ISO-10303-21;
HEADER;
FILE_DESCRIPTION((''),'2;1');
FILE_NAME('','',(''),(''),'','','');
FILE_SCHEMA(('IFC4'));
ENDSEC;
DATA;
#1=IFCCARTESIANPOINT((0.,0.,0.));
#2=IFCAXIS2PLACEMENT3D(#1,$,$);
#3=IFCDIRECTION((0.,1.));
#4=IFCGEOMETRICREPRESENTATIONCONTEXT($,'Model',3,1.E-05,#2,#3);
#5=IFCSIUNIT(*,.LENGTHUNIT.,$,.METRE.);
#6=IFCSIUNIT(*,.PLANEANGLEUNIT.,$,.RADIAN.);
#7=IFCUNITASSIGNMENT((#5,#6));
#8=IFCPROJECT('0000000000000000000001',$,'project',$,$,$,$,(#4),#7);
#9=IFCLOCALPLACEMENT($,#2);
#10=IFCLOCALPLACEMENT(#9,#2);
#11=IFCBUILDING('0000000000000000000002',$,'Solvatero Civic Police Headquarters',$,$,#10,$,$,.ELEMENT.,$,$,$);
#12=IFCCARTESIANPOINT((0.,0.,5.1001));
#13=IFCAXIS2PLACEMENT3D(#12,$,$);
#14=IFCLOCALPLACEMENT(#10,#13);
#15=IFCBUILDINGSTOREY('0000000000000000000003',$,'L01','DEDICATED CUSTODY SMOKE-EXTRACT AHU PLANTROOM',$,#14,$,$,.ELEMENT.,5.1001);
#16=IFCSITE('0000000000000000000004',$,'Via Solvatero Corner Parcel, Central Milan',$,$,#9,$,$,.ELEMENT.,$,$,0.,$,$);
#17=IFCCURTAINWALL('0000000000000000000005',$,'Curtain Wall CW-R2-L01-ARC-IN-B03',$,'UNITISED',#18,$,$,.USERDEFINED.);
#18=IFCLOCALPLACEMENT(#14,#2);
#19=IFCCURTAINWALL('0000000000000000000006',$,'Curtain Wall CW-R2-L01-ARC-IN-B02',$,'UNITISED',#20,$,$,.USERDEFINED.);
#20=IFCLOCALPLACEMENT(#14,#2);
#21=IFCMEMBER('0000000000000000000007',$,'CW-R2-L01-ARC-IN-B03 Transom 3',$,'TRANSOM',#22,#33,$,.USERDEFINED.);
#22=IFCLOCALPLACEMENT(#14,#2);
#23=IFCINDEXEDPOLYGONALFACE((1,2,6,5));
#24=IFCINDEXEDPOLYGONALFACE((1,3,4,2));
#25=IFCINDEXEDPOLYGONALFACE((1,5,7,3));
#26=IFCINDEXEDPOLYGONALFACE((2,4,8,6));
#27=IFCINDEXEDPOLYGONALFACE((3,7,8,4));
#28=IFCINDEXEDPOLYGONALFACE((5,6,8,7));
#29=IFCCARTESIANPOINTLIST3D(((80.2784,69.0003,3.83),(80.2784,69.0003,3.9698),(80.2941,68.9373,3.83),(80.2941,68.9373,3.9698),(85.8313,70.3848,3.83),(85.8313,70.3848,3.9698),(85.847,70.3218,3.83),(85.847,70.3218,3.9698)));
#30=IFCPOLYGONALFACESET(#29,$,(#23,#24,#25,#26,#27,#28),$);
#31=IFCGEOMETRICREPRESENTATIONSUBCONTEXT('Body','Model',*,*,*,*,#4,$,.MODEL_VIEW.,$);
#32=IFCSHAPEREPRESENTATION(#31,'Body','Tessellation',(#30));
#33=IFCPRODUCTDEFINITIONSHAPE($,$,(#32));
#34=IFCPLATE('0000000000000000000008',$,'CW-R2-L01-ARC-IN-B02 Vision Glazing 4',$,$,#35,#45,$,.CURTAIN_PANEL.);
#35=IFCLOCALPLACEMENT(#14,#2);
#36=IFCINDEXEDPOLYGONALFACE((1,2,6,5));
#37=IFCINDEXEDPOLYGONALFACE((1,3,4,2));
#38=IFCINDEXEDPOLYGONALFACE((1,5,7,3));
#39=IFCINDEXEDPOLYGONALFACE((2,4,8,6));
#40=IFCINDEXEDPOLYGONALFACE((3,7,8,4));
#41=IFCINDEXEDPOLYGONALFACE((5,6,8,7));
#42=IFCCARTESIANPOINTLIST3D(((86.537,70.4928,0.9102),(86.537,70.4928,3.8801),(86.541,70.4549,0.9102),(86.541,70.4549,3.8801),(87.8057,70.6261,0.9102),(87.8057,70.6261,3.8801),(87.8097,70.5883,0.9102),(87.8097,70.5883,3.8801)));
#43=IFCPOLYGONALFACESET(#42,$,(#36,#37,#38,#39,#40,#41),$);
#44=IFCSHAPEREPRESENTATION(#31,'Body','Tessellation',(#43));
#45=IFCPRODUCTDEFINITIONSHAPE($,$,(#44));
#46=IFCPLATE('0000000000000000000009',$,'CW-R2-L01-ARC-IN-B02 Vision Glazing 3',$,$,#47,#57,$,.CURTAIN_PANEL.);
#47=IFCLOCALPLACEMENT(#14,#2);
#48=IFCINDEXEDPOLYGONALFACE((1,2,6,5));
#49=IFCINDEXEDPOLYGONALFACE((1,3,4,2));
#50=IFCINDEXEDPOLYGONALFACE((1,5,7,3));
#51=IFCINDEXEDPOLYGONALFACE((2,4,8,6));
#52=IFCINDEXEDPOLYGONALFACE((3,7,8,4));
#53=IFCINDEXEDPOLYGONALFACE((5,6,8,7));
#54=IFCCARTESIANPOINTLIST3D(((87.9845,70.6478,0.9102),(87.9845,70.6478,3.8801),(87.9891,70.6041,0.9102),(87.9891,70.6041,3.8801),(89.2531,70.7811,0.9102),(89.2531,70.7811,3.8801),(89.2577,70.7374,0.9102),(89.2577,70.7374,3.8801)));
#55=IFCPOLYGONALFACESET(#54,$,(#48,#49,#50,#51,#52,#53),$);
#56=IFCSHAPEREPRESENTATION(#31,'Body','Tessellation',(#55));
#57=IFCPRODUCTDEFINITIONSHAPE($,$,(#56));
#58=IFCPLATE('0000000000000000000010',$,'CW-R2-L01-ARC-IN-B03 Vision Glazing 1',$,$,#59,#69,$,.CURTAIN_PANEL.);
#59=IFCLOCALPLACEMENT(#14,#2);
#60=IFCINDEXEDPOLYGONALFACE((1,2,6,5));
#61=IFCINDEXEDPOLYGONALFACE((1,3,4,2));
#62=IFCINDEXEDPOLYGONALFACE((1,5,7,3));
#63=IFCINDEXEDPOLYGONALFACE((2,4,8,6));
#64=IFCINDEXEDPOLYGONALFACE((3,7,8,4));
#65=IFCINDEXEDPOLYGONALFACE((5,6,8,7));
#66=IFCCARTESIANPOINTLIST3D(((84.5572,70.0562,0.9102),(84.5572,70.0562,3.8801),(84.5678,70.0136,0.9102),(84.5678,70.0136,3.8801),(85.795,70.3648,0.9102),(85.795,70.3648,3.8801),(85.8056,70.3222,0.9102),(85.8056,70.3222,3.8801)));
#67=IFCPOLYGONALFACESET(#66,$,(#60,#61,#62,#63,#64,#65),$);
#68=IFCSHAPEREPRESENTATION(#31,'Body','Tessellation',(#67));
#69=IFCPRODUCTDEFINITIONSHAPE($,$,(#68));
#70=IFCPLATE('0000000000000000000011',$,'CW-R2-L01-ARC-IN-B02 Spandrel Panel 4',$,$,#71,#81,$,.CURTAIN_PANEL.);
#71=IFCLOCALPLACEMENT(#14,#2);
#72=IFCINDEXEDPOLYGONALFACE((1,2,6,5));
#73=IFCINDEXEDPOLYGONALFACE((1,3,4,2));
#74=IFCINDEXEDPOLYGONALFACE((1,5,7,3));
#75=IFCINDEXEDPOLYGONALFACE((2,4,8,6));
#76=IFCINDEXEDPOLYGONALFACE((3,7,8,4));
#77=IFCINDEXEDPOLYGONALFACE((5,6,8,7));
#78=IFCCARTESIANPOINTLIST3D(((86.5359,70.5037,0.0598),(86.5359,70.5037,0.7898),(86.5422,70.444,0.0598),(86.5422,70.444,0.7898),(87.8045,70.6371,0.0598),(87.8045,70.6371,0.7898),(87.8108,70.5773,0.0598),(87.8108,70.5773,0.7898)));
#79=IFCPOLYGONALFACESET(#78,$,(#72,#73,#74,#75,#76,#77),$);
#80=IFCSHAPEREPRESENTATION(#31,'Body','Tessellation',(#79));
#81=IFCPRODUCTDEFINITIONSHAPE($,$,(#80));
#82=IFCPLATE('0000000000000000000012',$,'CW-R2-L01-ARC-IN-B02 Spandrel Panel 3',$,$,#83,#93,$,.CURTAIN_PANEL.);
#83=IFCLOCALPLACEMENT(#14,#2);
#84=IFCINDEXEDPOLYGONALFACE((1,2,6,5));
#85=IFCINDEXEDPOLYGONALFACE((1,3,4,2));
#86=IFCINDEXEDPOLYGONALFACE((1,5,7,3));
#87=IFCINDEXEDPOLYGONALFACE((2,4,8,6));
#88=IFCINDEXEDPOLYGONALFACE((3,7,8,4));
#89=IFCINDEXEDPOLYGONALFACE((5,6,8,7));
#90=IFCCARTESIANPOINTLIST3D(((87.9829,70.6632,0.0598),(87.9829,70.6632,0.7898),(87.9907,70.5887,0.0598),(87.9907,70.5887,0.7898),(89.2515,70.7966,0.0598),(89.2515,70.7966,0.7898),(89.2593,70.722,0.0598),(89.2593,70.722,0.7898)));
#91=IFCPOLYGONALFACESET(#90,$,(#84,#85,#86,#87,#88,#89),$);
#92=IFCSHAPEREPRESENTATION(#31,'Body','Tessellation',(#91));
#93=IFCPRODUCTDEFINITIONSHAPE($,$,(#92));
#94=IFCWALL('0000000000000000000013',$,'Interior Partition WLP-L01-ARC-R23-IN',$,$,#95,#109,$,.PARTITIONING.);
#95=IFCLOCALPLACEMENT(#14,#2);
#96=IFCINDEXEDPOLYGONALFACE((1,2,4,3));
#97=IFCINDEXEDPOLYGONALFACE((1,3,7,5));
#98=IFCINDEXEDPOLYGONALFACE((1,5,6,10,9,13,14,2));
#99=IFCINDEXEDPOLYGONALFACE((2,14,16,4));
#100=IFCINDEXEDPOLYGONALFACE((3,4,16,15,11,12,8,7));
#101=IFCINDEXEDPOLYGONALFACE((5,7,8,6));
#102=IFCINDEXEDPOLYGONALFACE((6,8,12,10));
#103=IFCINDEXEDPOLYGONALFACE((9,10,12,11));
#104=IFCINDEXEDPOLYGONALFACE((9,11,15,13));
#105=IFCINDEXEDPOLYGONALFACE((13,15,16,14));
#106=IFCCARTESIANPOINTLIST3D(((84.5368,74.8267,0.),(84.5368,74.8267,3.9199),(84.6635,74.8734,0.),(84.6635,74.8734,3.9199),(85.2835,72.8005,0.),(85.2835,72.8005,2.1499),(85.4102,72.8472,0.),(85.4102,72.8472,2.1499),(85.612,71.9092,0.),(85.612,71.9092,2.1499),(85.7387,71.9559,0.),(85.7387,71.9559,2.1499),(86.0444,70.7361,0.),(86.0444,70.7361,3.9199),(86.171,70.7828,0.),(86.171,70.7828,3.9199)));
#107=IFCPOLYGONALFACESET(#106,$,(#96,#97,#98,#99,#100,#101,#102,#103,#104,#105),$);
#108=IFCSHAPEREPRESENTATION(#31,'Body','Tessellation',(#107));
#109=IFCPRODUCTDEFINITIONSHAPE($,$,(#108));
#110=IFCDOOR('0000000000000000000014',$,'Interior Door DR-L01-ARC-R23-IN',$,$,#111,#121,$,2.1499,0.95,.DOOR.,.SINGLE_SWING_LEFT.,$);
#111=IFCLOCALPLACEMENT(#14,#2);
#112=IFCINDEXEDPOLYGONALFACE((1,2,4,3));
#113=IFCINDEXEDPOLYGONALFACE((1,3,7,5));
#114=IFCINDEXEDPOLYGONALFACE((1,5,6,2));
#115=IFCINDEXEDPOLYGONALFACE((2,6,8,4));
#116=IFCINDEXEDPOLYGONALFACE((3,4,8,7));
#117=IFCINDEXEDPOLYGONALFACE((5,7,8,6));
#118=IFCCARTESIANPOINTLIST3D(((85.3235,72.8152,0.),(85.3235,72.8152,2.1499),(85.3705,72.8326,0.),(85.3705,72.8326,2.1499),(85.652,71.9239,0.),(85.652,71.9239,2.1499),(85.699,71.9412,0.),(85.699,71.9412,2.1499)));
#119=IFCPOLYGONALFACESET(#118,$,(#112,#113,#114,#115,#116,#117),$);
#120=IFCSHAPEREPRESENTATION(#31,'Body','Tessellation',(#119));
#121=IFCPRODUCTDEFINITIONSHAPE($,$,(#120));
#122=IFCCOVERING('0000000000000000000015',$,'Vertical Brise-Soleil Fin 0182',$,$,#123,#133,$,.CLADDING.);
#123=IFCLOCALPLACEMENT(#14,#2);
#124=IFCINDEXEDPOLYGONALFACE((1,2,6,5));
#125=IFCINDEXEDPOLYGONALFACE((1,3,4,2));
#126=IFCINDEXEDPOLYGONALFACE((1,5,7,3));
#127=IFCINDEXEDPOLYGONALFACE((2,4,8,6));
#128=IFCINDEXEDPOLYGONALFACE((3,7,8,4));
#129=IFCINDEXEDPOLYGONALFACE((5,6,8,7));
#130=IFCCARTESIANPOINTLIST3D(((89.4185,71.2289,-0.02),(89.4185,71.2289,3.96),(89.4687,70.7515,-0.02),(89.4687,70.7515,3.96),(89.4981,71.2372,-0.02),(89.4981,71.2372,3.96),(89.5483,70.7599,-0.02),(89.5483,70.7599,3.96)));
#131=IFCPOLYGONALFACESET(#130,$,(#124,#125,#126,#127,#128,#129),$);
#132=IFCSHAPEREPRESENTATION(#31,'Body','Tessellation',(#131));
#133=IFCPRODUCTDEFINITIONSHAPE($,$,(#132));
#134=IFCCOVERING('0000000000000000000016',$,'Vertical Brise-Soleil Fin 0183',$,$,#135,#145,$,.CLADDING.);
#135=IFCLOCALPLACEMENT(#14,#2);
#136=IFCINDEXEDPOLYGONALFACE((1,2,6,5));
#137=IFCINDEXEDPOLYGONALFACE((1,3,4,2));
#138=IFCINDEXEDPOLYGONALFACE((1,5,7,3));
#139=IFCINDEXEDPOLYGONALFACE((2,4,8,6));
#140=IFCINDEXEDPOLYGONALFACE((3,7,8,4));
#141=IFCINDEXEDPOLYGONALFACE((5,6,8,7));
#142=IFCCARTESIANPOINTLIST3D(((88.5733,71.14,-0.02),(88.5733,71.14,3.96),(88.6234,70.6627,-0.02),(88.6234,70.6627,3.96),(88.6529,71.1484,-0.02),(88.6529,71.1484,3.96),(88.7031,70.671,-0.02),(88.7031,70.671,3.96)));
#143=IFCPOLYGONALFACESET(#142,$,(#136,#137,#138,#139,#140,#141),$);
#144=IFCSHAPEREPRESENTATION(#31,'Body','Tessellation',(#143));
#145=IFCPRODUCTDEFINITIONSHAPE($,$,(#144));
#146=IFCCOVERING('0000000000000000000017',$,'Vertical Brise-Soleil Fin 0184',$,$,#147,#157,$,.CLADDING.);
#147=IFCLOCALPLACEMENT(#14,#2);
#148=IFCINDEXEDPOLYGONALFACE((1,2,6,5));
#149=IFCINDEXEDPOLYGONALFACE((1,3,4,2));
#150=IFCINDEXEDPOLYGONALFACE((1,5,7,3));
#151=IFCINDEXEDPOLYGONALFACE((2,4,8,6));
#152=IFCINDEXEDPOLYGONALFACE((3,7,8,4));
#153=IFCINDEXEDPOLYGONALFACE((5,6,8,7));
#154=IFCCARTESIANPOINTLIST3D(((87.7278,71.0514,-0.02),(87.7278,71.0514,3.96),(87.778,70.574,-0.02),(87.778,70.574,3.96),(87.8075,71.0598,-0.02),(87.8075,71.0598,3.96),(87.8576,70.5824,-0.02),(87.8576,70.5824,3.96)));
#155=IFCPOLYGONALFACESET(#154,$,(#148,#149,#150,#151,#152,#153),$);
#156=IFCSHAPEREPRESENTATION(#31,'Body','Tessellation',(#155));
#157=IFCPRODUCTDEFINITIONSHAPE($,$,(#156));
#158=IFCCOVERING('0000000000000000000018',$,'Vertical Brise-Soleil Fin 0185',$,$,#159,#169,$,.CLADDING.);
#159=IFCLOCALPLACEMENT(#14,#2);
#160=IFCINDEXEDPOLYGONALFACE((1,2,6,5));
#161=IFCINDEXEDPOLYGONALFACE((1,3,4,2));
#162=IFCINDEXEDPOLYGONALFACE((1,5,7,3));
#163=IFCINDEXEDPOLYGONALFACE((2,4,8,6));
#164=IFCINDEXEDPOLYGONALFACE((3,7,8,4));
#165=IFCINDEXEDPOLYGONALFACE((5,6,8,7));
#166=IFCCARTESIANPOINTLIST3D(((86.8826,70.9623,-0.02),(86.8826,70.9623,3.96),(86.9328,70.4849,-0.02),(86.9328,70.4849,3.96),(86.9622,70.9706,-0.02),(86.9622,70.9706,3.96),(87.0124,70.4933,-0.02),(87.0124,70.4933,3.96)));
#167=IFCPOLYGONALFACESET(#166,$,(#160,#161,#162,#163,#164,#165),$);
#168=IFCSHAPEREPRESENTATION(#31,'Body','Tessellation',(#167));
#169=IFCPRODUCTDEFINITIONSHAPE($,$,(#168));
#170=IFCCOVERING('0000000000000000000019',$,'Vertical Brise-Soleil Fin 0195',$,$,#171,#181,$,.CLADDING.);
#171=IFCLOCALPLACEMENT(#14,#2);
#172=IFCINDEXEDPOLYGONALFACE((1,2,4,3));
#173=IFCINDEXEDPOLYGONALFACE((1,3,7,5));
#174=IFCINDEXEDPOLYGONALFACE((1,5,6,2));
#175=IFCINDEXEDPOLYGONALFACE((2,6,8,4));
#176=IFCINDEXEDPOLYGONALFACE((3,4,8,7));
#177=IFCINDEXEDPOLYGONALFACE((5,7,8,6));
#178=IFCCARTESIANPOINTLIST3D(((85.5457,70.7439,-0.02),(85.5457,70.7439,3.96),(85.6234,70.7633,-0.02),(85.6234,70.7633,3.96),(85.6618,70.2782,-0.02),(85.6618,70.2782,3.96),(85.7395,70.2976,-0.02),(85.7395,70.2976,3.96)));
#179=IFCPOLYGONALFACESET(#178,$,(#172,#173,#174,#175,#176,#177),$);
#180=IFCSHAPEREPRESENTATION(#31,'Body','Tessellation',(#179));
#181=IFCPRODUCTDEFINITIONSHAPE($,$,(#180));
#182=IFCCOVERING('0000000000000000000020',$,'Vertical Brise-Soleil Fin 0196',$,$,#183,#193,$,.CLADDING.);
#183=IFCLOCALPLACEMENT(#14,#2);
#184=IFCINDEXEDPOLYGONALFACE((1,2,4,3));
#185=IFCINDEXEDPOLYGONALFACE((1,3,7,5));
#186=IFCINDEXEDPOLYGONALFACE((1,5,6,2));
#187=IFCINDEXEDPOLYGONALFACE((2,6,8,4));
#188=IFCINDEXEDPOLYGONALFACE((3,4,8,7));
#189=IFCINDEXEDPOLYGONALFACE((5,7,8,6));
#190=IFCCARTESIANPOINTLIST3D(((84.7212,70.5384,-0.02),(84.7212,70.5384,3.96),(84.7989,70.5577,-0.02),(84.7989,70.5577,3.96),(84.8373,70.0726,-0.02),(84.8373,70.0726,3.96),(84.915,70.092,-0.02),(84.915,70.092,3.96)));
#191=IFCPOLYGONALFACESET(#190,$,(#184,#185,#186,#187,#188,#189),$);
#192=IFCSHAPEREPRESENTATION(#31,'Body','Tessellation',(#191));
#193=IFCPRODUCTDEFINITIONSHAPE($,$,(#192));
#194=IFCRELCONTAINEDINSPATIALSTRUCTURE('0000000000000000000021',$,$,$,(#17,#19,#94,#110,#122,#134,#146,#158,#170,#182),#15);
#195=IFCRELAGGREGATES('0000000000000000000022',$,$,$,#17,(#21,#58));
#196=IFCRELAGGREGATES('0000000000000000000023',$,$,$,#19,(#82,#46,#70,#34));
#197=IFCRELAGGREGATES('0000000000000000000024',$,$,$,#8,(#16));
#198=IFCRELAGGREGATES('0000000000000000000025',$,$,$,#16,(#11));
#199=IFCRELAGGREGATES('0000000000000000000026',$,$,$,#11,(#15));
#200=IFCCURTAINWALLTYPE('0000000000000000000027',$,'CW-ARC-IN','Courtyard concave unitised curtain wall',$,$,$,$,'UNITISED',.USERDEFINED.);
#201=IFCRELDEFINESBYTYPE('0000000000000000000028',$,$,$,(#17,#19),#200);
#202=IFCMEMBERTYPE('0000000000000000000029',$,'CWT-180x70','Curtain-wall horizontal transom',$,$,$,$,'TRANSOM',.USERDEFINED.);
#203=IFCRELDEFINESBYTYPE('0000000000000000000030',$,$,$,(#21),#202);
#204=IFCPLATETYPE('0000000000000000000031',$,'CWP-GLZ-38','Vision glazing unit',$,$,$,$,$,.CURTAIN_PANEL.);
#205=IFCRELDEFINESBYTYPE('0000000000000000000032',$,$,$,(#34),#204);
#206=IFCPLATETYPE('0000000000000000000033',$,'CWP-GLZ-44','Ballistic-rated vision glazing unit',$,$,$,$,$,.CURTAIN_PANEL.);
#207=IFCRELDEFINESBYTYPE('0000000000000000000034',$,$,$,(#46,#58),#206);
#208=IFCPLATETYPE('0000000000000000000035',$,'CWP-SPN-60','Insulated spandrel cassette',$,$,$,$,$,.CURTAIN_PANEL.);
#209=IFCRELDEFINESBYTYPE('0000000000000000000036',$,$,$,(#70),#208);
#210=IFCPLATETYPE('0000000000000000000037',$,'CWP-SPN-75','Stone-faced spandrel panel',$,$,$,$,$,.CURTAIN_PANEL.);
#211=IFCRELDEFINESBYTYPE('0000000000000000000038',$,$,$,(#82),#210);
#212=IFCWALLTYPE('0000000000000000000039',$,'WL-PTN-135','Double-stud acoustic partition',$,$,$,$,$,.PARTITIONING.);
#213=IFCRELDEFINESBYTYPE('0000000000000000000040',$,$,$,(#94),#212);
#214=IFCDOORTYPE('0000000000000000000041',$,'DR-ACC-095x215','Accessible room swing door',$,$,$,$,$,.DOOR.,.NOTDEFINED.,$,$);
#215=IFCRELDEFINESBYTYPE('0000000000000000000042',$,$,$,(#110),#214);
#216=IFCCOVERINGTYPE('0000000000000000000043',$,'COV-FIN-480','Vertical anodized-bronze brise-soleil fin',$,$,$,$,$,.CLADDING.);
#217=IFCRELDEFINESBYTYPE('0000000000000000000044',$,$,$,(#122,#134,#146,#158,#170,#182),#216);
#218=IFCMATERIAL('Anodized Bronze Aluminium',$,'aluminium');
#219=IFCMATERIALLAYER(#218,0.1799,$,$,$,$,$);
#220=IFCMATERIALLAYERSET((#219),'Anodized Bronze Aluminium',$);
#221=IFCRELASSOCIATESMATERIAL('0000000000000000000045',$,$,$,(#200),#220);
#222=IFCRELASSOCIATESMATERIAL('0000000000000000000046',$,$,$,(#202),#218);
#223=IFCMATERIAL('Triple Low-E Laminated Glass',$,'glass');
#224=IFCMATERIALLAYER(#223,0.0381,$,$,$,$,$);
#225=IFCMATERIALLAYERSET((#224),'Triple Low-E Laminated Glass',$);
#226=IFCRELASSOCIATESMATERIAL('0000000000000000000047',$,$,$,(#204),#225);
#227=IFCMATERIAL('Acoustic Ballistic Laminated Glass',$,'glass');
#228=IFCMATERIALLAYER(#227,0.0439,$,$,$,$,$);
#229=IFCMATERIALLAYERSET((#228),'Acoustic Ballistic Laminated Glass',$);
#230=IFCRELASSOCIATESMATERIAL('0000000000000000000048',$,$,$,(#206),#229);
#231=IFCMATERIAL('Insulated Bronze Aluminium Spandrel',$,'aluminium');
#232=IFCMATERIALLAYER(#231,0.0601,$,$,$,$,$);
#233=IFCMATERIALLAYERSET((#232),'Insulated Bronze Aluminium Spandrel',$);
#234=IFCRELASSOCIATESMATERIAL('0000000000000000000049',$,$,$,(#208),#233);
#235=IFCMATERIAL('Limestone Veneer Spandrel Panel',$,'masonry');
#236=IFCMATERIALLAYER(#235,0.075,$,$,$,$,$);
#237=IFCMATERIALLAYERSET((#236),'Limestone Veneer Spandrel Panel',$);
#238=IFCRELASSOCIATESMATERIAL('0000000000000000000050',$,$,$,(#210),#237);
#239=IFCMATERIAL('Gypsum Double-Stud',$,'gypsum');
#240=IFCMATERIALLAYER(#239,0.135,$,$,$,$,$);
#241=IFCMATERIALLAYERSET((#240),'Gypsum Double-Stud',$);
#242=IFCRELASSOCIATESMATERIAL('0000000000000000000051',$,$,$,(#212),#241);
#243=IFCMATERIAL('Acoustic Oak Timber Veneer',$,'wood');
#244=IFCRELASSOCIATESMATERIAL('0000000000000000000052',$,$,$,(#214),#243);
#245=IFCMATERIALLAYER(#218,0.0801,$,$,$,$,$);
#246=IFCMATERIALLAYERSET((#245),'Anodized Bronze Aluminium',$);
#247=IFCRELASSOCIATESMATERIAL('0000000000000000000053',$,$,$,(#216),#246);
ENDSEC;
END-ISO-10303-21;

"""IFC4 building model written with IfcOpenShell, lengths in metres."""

from ifc_helpers import new_model, si_unit, direction, frame, frame_2d, origin, origin_2d, place, context, subcontext, project, spatial, rectangle, extrude, material, layer, layer_set, material_profile, profile_set, type_object, element, fill, aggregate, save


model = new_model("IFC4")

# Units and contexts
model_context = context("Model", 3, precision=1e-05, world=origin(), true_north=direction((0.0, 1.0)))
body_context = subcontext(model_context, "Body", "Model", "MODEL_VIEW")
ifc_project = project(units=[si_unit("LENGTHUNIT", "METRE"), si_unit("PLANEANGLEUNIT", "RADIAN")], contexts=[model_context])

# Site, building, storey
site_placement = place(None, origin())
site = spatial("IfcSite", under=ifc_project, at=site_placement, Name="Via Solvatero Corner Parcel, Central Milan", CompositionType="ELEMENT", RefElevation=0.0)
building_placement = place(site_placement, origin())
building = spatial("IfcBuilding", under=site, at=building_placement, Name="Solvatero Civic Police Headquarters", CompositionType="ELEMENT")
storey_placement = place(building_placement, frame((0.0, 0.0, 5.1001)))
storey = spatial("IfcBuildingStorey", under=building, at=storey_placement, Name="L01", Description="DEDICATED CUSTODY SMOKE-EXTRACT AHU PLANTROOM", CompositionType="ELEMENT", Elevation=5.1001)

# Curtain wall
ifc_material_1 = material(Name="Anodized Bronze Aluminium", Category="aluminium")
ifc_layer_1 = layer(ifc_material_1, 0.1799)
ifc_layer_set_1 = layer_set([ifc_layer_1], Name="Anodized Bronze Aluminium")
curtain_wall_type = type_object("IfcCurtainWallType", Name="CW-ARC-IN", Description="Courtyard concave unitised curtain wall", ElementType="UNITISED", PredefinedType="USERDEFINED", material=ifc_layer_set_1)
curtain_wall_1_placement = place(storey_placement, origin())
curtain_wall_1 = element("IfcCurtainWall", 1, at=curtain_wall_1_placement, inside=storey, type_object=curtain_wall_type, Name="Curtain Wall CW-R2-L01-ARC-IN-B03", ObjectType="UNITISED", PredefinedType="USERDEFINED")

# Curtain wall
curtain_wall_2_placement = place(storey_placement, origin())
curtain_wall_2 = element("IfcCurtainWall", 2, at=curtain_wall_2_placement, inside=storey, type_object=curtain_wall_type, Name="Curtain Wall CW-R2-L01-ARC-IN-B02", ObjectType="UNITISED", PredefinedType="USERDEFINED")

# Member
ifc_material_profile_1 = material_profile(ifc_material_1, rectangle(XDim=0.0649, YDim=0.1399, at=origin_2d()), Name="ALU TRANSOM 65x140")
ifc_profile_set_1 = profile_set([ifc_material_profile_1], Name="Anodized Bronze Aluminium")
member_type_1 = type_object("IfcMemberType", Name="CWT-180x70", Description="Curtain-wall horizontal transom", ElementType="TRANSOM", PredefinedType="USERDEFINED", material=ifc_profile_set_1)
member_1_placement = place(storey_placement, frame((85.8391, 70.3533, 3.8999), z_axis=(-0.970295, -0.241923, 0.0), x_axis=(0.241923, -0.970295, 0.0)))
member_1 = element("IfcMember", 3, at=member_1_placement, type_object=member_type_1, Name="CW-R2-L01-ARC-IN-B03 Transom 3", ObjectType="TRANSOM", PredefinedType="USERDEFINED", context=body_context, shape_type="SweptSolid", body=[
    extrude(rectangle(XDim=0.0649, YDim=0.1399, at=origin_2d()), origin(), (0.0, 0.0, 1.0), 5.7229),
])

# Plates
ifc_material_2 = material(Name="Triple Low-E Laminated Glass", Category="glass")
ifc_layer_2 = layer(ifc_material_2, 0.0381)
ifc_layer_set_2 = layer_set([ifc_layer_2], Name="Triple Low-E Laminated Glass")
plate_type_1 = type_object("IfcPlateType", Name="CWP-GLZ-38", Description="Vision glazing unit", PredefinedType="CURTAIN_PANEL", material=ifc_layer_set_2)
plate_1_placement = place(storey_placement, frame((87.1733, 70.5405, 0.9102), z_axis=(0.0, 0.0, 1.0), x_axis=(-0.994522, -0.104528, 0.0)))
plate_1 = element("IfcPlate", 4, at=plate_1_placement, type_object=plate_type_1, Name="CW-R2-L01-ARC-IN-B02 Vision Glazing 4", PredefinedType="CURTAIN_PANEL", context=body_context, shape_type="SweptSolid", body=[
    extrude(rectangle(XDim=1.2756, YDim=0.0381, at=origin_2d()), origin(), (0.0, 0.0, 1.0), 2.97),
])
ifc_material_3 = material(Name="Acoustic Ballistic Laminated Glass", Category="glass")
ifc_layer_3 = layer(ifc_material_3, 0.0439)
ifc_layer_set_3 = layer_set([ifc_layer_3], Name="Acoustic Ballistic Laminated Glass")
plate_type_2 = type_object("IfcPlateType", Name="CWP-GLZ-44", Description="Ballistic-rated vision glazing unit", PredefinedType="CURTAIN_PANEL", material=ifc_layer_set_3)
plate_2_placement = place(storey_placement, frame((88.6211, 70.6926, 0.9102), z_axis=(0.0, 0.0, 1.0), x_axis=(-0.994522, -0.104528, 0.0)))
plate_2 = element("IfcPlate", 5, at=plate_2_placement, type_object=plate_type_2, Name="CW-R2-L01-ARC-IN-B02 Vision Glazing 3", PredefinedType="CURTAIN_PANEL", context=body_context, shape_type="SweptSolid", body=[
    extrude(rectangle(XDim=1.2756, YDim=0.0439, at=origin_2d()), origin(), (0.0, 0.0, 1.0), 2.97),
])
plate_3_placement = place(storey_placement, frame((85.1814, 70.1892, 0.9102), z_axis=(0.0, 0.0, 1.0), x_axis=(-0.9703, -0.241905, 0.0)))
plate_3 = element("IfcPlate", 6, at=plate_3_placement, type_object=plate_type_2, Name="CW-R2-L01-ARC-IN-B03 Vision Glazing 1", PredefinedType="CURTAIN_PANEL", context=body_context, shape_type="SweptSolid", body=[
    extrude(rectangle(XDim=1.2756, YDim=0.0439, at=origin_2d()), origin(), (0.0, 0.0, 1.0), 2.97),
])
aggregate(curtain_wall_1, [member_1, plate_3])
ifc_material_4 = material(Name="Insulated Bronze Aluminium Spandrel", Category="aluminium")
ifc_layer_4 = layer(ifc_material_4, 0.0601)
ifc_layer_set_4 = layer_set([ifc_layer_4], Name="Insulated Bronze Aluminium Spandrel")
plate_type_3 = type_object("IfcPlateType", Name="CWP-SPN-60", Description="Insulated spandrel cassette", PredefinedType="CURTAIN_PANEL", material=ifc_layer_set_4)
plate_4_placement = place(storey_placement, frame((87.1733, 70.5405, 0.0598), z_axis=(0.0, 0.0, 1.0), x_axis=(-0.994522, -0.104528, 0.0)))
plate_4 = element("IfcPlate", 7, at=plate_4_placement, type_object=plate_type_3, Name="CW-R2-L01-ARC-IN-B02 Spandrel Panel 4", PredefinedType="CURTAIN_PANEL", context=body_context, shape_type="SweptSolid", body=[
    extrude(rectangle(XDim=1.2756, YDim=0.0601, at=origin_2d()), origin(), (0.0, 0.0, 1.0), 0.73),
])
ifc_material_5 = material(Name="Limestone Veneer Spandrel Panel", Category="masonry")
ifc_layer_5 = layer(ifc_material_5, 0.075)
ifc_layer_set_5 = layer_set([ifc_layer_5], Name="Limestone Veneer Spandrel Panel")
plate_type_4 = type_object("IfcPlateType", Name="CWP-SPN-75", Description="Stone-faced spandrel panel", PredefinedType="CURTAIN_PANEL", material=ifc_layer_set_5)
plate_5_placement = place(storey_placement, frame((88.6211, 70.6926, 0.0598), z_axis=(0.0, 0.0, 1.0), x_axis=(-0.994522, -0.104528, 0.0)))
plate_5 = element("IfcPlate", 8, at=plate_5_placement, type_object=plate_type_4, Name="CW-R2-L01-ARC-IN-B02 Spandrel Panel 3", PredefinedType="CURTAIN_PANEL", context=body_context, shape_type="SweptSolid", body=[
    extrude(rectangle(XDim=1.2756, YDim=0.075, at=origin_2d()), origin(), (0.0, 0.0, 1.0), 0.73),
])
aggregate(curtain_wall_2, [plate_5, plate_2, plate_4, plate_1])

# Wall, opening, door
ifc_material_6 = material(Name="Gypsum Double-Stud", Category="gypsum")
ifc_layer_6 = layer(ifc_material_6, 0.135)
ifc_layer_set_6 = layer_set([ifc_layer_6], Name="Gypsum Double-Stud")
wall_type = type_object("IfcWallType", Name="WL-PTN-135", Description="Double-stud acoustic partition", PredefinedType="PARTITIONING", material=ifc_layer_set_6)
wall_placement = place(storey_placement, frame((86.1077, 70.7595, 0.0), z_axis=(0.0, 0.0, 1.0), x_axis=(-0.345809, 0.938305, 0.0)))
wall = element("IfcWall", 9, at=wall_placement, inside=storey, type_object=wall_type, Name="Interior Partition WLP-L01-ARC-R23-IN", PredefinedType="PARTITIONING", context=body_context, shape_type="SweptSolid", body=[
    extrude(rectangle(XDim=4.3596, YDim=0.135, at=frame_2d((2.1797, 0.0))), origin(), (0.0, 0.0, 1.0), 3.9199),
])
opening_placement = place(wall_placement, frame((1.25, 0.0, 0.0)))
opening = element("IfcOpeningElement", 10, at=opening_placement, cuts=wall, PredefinedType="OPENING", context=body_context, shape_type="SweptSolid", body=[
    extrude(rectangle(XDim=0.95, YDim=2.1499, at=frame_2d((0.4751, 1.075))), frame((0.0, 0.0774, 0.0), z_axis=(0.0, -1.0, 0.0), x_axis=(1.0, 0.0, 0.0)), (0.0, 0.0, 1.0), 0.155),
])
ifc_material_7 = material(Name="Acoustic Oak Timber Veneer", Category="wood")
door_type = type_object("IfcDoorType", Name="DR-ACC-095x215", Description="Accessible room swing door", OperationType="NOTDEFINED", PredefinedType="DOOR", material=ifc_material_7)
door_placement = place(opening_placement, origin())
door = element("IfcDoor", 11, at=door_placement, inside=storey, type_object=door_type, Name="Interior Door DR-L01-ARC-R23-IN", OperationType="SINGLE_SWING_LEFT", OverallHeight=2.1499, OverallWidth=0.95, PredefinedType="DOOR", context=body_context, shape_type="SweptSolid", body=[
    extrude(rectangle(XDim=0.95, YDim=2.1499, at=frame_2d((0.4751, 1.075))), frame((0.0, 0.0249, 0.0), z_axis=(0.0, -1.0, 0.0), x_axis=(1.0, 0.0, 0.0)), (0.0, 0.0, 1.0), 0.05),
])
fill(opening, door)

# Coverings
ifc_layer_7 = layer(ifc_material_1, 0.0801)
ifc_layer_set_7 = layer_set([ifc_layer_7], Name="Anodized Bronze Aluminium")
covering_type = type_object("IfcCoveringType", Name="COV-FIN-480", Description="Vertical anodized-bronze brise-soleil fin", PredefinedType="CLADDING", material=ifc_layer_set_7)
for number, where, z_axis, x_axis, name in (
    (12, (89.4834, 70.9944, -0.02), (0.0, 0.0, 1.0), (-0.994522, -0.104528, 0.0), "Vertical Brise-Soleil Fin 0182"),
    (13, (88.6382, 70.9055, -0.02), (0.0, 0.0, 1.0), (-0.994522, -0.104528, 0.0), "Vertical Brise-Soleil Fin 0183"),
    (14, (87.7927, 70.8169, -0.02), (0.0, 0.0, 1.0), (-0.994522, -0.104528, 0.0), "Vertical Brise-Soleil Fin 0184"),
    (15, (86.9475, 70.7278, -0.02), (0.0, 0.0, 1.0), (-0.994522, -0.104528, 0.0), "Vertical Brise-Soleil Fin 0185"),
    (16, (85.6426, 70.5208, -0.02), (0.0, 0.0, 1.0), (-0.9703, -0.241905, 0.0), "Vertical Brise-Soleil Fin 0195"),
    (17, (84.8181, 70.3152, -0.02), (0.0, 0.0, 1.0), (-0.9703, -0.241905, 0.0), "Vertical Brise-Soleil Fin 0196"),
):
    element("IfcCovering", number, at=place(storey_placement, frame(where, z_axis=z_axis, x_axis=x_axis)), inside=storey, type_object=covering_type, Name=name, PredefinedType="CLADDING", context=body_context, shape_type="SweptSolid", body=[
        extrude(rectangle(XDim=0.0801, YDim=0.48, at=origin_2d()), origin(), (0.0, 0.0, 1.0), 3.98),
    ])

save(model, "model.ifc")
